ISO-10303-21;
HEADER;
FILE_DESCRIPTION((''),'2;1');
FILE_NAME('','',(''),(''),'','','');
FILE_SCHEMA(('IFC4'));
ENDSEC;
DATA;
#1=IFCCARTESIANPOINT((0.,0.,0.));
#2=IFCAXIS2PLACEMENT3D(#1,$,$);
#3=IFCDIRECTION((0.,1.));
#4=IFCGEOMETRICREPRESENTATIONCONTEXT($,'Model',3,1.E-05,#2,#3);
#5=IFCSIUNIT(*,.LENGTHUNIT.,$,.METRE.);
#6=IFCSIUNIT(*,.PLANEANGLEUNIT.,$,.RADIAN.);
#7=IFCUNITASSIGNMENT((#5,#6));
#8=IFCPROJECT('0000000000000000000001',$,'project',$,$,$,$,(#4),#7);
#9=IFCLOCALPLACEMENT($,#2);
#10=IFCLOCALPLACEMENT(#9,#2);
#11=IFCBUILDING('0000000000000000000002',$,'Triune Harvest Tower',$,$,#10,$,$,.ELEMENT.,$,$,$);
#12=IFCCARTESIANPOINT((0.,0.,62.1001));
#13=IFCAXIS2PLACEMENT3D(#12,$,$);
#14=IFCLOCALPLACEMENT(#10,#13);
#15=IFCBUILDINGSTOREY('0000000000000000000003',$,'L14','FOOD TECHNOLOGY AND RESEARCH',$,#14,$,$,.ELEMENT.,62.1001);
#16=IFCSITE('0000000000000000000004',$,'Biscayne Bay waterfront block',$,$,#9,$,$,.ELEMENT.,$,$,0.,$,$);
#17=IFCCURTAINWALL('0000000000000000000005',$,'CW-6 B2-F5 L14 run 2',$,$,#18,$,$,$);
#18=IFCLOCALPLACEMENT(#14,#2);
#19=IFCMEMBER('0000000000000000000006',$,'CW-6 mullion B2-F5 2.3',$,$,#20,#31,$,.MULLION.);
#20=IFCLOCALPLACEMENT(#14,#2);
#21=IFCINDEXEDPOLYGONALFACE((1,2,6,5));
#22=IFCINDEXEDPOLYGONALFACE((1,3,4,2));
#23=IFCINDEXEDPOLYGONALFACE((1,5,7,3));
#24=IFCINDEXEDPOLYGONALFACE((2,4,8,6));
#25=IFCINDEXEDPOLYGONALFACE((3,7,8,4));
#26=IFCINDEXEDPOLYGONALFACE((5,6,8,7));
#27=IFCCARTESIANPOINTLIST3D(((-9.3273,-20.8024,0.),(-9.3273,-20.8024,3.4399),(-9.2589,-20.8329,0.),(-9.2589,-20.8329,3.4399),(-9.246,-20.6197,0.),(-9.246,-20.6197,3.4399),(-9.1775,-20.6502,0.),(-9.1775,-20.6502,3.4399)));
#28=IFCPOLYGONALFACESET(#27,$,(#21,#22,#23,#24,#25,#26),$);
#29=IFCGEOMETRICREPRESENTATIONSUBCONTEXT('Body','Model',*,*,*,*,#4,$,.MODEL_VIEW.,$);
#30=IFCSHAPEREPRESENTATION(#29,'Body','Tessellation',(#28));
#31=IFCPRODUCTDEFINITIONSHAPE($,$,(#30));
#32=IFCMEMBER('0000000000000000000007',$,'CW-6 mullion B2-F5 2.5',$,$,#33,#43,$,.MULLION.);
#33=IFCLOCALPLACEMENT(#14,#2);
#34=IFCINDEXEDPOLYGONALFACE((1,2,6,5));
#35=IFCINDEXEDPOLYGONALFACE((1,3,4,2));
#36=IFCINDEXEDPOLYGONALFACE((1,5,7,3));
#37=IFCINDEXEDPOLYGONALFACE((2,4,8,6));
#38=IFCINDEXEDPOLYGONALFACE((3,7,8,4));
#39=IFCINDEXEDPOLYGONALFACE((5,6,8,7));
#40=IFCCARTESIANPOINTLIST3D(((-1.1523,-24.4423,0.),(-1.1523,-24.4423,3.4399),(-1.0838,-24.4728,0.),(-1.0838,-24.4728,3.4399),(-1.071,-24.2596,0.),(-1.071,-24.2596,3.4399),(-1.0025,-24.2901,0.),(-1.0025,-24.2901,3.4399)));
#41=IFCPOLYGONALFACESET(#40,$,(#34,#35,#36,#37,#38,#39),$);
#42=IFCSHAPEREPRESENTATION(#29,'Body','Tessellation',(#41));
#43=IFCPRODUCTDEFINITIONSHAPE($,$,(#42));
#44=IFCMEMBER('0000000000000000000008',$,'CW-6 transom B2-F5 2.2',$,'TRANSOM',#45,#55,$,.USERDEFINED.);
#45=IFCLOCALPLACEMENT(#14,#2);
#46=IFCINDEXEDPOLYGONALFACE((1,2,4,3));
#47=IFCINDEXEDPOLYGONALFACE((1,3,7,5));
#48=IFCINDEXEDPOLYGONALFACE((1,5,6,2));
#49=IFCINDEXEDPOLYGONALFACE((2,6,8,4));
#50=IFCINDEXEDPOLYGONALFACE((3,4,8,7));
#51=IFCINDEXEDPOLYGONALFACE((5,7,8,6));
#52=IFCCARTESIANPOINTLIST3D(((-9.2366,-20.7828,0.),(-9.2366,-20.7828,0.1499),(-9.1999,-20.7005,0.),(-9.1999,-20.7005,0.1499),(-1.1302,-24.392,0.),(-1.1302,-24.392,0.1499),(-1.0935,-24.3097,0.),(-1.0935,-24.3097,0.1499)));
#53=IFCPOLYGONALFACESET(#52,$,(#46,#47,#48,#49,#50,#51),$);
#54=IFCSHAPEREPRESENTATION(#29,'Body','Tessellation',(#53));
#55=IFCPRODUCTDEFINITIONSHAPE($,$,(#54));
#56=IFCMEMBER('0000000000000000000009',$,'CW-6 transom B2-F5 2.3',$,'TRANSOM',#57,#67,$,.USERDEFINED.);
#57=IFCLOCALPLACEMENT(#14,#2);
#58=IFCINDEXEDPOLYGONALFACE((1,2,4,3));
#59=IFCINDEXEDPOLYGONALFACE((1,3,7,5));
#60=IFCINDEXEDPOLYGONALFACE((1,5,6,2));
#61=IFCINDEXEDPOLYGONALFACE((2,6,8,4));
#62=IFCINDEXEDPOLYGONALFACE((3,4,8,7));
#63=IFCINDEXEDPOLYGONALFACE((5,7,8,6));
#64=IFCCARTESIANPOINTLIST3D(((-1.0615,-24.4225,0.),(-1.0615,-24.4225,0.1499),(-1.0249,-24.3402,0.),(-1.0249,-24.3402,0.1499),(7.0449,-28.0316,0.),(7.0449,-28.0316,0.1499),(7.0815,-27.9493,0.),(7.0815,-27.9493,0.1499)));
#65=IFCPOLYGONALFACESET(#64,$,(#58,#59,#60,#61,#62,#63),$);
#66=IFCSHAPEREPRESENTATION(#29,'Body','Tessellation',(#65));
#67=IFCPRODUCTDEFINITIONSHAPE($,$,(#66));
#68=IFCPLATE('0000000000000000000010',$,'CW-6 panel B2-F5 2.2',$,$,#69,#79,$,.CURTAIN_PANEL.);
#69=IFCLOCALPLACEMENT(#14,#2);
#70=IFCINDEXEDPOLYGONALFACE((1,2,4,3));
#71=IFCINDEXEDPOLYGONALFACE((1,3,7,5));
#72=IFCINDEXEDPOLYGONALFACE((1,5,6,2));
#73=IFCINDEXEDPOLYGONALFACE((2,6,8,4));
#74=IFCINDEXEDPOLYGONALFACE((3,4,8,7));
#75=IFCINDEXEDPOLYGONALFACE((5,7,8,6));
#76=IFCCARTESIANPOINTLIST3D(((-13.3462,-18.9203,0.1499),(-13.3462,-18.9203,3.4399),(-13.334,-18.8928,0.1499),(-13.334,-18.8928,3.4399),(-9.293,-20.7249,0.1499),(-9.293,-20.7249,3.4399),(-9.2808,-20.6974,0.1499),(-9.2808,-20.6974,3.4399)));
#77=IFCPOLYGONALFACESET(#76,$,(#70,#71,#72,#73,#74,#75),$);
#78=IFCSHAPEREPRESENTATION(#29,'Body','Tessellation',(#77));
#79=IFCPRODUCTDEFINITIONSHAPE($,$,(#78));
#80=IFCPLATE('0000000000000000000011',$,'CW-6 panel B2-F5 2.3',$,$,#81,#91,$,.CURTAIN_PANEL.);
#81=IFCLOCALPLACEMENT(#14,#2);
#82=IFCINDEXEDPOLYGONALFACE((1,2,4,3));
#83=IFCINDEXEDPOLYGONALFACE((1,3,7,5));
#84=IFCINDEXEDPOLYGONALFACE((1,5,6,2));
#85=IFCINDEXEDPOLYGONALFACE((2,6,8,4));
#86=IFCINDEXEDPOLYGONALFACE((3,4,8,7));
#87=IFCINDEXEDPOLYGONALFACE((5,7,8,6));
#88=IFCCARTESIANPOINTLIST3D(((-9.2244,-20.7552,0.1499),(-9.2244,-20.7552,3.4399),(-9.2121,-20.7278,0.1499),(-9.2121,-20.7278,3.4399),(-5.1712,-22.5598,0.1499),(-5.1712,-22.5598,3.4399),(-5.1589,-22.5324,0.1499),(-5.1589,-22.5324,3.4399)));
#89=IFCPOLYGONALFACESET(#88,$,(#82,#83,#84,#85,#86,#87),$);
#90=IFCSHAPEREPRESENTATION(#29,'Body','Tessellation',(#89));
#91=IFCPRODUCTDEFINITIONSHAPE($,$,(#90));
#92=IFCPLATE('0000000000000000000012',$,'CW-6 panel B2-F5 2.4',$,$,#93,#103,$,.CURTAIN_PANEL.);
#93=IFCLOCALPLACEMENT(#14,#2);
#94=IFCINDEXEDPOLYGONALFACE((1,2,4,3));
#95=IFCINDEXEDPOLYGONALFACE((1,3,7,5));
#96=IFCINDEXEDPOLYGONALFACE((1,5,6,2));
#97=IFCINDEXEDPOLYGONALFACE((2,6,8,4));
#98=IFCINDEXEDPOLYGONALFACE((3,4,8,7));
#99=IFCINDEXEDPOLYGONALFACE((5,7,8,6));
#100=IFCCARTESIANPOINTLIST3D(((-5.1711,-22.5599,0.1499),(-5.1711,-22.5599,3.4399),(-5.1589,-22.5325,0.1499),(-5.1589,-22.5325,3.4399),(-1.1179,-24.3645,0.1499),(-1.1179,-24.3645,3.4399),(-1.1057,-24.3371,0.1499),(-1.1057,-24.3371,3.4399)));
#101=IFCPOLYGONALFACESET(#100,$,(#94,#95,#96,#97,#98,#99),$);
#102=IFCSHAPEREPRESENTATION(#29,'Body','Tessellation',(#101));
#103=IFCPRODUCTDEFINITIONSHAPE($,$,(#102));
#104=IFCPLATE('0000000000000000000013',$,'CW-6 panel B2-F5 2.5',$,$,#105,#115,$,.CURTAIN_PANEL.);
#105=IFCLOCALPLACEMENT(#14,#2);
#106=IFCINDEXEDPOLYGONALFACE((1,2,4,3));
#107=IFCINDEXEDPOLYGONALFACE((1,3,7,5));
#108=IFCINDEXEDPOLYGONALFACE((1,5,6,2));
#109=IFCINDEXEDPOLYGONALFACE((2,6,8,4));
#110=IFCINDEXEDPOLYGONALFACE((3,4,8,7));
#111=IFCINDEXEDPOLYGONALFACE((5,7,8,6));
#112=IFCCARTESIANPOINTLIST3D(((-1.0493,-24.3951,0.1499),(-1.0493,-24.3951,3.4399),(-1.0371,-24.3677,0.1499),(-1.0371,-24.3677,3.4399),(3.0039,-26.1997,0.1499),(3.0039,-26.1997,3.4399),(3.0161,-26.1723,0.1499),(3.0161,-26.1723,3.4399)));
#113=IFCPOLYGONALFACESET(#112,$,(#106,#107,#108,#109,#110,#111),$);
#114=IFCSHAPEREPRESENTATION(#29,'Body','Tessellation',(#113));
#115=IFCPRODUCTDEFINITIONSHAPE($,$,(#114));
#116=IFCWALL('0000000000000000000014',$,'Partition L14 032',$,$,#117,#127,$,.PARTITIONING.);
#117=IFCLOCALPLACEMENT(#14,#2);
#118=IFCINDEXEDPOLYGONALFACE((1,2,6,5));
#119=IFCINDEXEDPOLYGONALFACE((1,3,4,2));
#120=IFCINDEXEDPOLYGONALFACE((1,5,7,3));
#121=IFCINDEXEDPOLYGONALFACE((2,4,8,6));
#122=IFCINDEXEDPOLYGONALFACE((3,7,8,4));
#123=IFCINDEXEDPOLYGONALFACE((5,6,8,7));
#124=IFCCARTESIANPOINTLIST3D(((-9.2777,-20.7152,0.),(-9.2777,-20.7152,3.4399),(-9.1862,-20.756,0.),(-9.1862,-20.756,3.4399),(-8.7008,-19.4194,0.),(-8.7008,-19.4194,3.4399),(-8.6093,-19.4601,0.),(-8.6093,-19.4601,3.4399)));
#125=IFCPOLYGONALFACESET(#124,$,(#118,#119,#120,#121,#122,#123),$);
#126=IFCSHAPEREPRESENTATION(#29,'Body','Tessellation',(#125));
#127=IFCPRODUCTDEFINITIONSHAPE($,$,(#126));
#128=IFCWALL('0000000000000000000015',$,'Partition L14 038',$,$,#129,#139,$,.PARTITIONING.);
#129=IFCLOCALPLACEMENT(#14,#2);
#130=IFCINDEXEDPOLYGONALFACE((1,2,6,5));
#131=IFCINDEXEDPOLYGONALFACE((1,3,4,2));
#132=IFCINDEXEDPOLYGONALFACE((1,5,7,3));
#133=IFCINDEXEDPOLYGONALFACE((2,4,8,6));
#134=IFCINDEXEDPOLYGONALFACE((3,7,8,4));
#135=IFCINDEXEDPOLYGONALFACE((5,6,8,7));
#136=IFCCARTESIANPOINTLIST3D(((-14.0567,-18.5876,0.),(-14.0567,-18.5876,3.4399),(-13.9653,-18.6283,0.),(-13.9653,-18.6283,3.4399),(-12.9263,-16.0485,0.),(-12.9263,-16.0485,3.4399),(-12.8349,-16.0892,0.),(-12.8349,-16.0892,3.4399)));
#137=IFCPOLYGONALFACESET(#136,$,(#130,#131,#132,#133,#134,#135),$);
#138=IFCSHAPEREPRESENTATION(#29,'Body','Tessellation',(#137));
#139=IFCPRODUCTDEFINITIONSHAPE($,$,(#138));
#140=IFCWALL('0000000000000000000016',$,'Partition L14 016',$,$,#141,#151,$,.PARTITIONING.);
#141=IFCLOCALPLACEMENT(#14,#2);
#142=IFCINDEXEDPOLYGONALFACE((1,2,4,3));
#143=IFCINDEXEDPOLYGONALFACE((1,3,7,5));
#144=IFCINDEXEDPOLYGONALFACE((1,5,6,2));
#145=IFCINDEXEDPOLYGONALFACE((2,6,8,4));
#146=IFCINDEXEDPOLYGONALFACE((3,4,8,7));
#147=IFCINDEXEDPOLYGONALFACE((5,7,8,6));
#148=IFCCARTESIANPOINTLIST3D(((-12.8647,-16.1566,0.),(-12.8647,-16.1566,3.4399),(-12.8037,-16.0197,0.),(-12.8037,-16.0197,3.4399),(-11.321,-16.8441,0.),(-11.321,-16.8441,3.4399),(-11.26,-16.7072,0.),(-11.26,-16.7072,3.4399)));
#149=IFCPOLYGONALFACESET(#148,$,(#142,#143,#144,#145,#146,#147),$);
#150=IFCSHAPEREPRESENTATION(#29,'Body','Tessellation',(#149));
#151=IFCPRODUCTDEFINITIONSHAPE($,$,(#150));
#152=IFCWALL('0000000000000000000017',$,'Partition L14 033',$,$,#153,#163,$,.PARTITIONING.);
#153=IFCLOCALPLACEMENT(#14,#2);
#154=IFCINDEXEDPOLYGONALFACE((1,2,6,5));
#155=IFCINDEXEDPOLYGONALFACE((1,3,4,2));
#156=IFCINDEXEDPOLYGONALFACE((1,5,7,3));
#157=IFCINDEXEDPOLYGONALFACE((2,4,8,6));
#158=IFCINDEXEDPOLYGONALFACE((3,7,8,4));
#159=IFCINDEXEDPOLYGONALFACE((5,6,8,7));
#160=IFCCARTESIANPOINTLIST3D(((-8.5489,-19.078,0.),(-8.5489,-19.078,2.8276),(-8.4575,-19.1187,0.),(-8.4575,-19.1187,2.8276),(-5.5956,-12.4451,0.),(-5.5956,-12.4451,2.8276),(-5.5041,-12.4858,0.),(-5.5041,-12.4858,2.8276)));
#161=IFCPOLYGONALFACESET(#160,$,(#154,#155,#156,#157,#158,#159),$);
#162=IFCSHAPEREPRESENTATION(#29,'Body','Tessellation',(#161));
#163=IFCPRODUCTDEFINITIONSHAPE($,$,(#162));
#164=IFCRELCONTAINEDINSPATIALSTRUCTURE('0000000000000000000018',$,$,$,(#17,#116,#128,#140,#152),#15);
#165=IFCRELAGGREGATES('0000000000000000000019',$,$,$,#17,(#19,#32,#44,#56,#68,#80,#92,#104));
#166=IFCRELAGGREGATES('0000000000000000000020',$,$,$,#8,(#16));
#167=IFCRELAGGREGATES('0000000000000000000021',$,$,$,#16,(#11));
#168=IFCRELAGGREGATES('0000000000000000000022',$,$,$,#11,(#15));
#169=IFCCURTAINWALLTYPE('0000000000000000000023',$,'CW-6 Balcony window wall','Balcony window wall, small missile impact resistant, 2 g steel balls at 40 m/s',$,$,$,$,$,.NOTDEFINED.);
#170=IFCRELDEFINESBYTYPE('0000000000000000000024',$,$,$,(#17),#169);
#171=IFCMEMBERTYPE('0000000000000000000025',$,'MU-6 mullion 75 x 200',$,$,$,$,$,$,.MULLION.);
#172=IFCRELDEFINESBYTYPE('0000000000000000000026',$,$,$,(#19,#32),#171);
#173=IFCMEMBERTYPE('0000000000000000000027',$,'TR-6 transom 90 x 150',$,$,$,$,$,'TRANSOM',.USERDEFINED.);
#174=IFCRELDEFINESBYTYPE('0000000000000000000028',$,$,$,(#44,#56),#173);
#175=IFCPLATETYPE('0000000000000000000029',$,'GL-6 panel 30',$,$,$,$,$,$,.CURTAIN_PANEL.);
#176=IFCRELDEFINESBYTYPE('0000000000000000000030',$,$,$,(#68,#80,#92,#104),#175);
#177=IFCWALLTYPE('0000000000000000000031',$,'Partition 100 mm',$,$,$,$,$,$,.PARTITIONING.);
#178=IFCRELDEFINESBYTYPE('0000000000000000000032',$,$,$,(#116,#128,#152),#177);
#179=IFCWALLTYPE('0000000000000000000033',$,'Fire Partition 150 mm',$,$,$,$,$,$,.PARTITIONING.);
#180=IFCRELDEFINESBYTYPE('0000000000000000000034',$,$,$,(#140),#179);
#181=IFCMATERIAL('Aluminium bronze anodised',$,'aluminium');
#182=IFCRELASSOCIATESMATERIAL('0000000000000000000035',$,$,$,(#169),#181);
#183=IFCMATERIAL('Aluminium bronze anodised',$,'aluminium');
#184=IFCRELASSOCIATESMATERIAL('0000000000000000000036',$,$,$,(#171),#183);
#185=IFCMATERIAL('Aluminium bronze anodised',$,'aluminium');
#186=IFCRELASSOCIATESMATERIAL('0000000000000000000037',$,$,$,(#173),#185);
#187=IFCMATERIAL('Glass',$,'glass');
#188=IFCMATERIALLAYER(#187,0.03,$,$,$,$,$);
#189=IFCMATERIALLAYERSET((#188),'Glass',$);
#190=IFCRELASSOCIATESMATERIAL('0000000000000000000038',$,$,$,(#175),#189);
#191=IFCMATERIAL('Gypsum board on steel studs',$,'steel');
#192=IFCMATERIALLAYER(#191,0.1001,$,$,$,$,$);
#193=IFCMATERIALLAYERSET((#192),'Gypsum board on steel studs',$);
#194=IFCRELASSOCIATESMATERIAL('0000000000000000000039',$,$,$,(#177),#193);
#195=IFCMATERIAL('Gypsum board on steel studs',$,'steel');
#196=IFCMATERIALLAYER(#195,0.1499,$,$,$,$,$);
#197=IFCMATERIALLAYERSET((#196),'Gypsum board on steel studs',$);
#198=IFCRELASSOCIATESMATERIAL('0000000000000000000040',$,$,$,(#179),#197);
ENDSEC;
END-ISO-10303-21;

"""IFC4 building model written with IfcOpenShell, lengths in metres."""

from ifc_helpers import new_model, si_unit, direction, frame, frame_2d, origin, origin_2d, place, context, subcontext, project, spatial, rectangle, extrude, source, transform, mapped, material, layer, layer_set, material_profile, profile_set, type_object, element, aggregate, save


model = new_model("IFC4")

# Units and contexts
model_context = context("Model", 3, precision=1e-05, world=origin(), true_north=direction((0.0, 1.0)))
body_context = subcontext(model_context, "Body", "Model", "MODEL_VIEW")
ifc_project = project(units=[si_unit("LENGTHUNIT", "METRE"), si_unit("PLANEANGLEUNIT", "RADIAN")], contexts=[model_context])

# Site, building, storey
site_placement = place(None, origin())
site = spatial("IfcSite", under=ifc_project, at=site_placement, Name="Biscayne Bay waterfront block", CompositionType="ELEMENT", RefElevation=0.0)
building_placement = place(site_placement, origin())
building = spatial("IfcBuilding", under=site, at=building_placement, Name="Triune Harvest Tower", CompositionType="ELEMENT")
storey_placement = place(building_placement, frame((0.0, 0.0, 62.1001)))
storey = spatial("IfcBuildingStorey", under=building, at=storey_placement, Name="L14", Description="FOOD TECHNOLOGY AND RESEARCH", CompositionType="ELEMENT", Elevation=62.1001)

# Curtain wall, members, plates
ifc_material_1 = material(Name="Aluminium bronze anodised", Category="aluminium")
curtain_wall_type = type_object("IfcCurtainWallType", Name="CW-6 Balcony window wall", Description="Balcony window wall, small missile impact resistant, 2 g steel balls at 40 m/s", PredefinedType="NOTDEFINED", material=ifc_material_1)
curtain_wall_placement = place(storey_placement, origin())
curtain_wall = element("IfcCurtainWall", 1, at=curtain_wall_placement, inside=storey, type_object=curtain_wall_type, Name="CW-6 B2-F5 L14 run 2")
ifc_material_2 = material(Name="Aluminium bronze anodised", Category="aluminium")
ifc_material_profile_1 = material_profile(ifc_material_2, rectangle(XDim=0.2, YDim=0.075, at=origin_2d()), Name="MU-6 mullion 75 x 200")
ifc_profile_set_1 = profile_set([ifc_material_profile_1], Name="Aluminium bronze anodised")
member_type_1 = type_object("IfcMemberType", Name="MU-6 mullion 75 x 200", PredefinedType="MULLION", material=ifc_profile_set_1)
shared_shape_1 = source(origin(), body_context, "Body", "SweptSolid", [
    extrude(rectangle(XDim=0.2, YDim=0.075, at=origin_2d()), origin(), (0.0, 0.0, 1.0), 3.4399),
])
member_1_placement = place(storey_placement, frame((-9.2524, -20.7263, 0.0), z_axis=(0.0, 0.0, 1.0), x_axis=(0.406737, 0.913545, 0.0)))
member_1 = element("IfcMember", 2, at=member_1_placement, type_object=member_type_1, Name="CW-6 mullion B2-F5 2.3", PredefinedType="MULLION", context=body_context, shape_type="MappedRepresentation", body=[
    mapped(shared_shape_1, transform((0.0, 0.0, 0.0), scale=1.0)),
])
member_2_placement = place(storey_placement, frame((-1.0774, -24.3662, 0.0), z_axis=(0.0, 0.0, 1.0), x_axis=(0.406737, 0.913545, 0.0)))
member_2 = element("IfcMember", 3, at=member_2_placement, type_object=member_type_1, Name="CW-6 mullion B2-F5 2.5", PredefinedType="MULLION", context=body_context, shape_type="MappedRepresentation", body=[
    mapped(shared_shape_1, transform((0.0, 0.0, 0.0), scale=1.0)),
])
ifc_material_3 = material(Name="Aluminium bronze anodised", Category="aluminium")
ifc_material_profile_2 = material_profile(ifc_material_3, rectangle(XDim=0.0901, YDim=0.1499, at=origin_2d()), Name="TR-6 transom 90 x 150")
ifc_profile_set_2 = profile_set([ifc_material_profile_2], Name="Aluminium bronze anodised")
member_type_2 = type_object("IfcMemberType", Name="TR-6 transom 90 x 150", ElementType="TRANSOM", PredefinedType="USERDEFINED", material=ifc_profile_set_2)
shared_shape_2 = source(origin(), body_context, "Body", "SweptSolid", [
    extrude(rectangle(XDim=0.0901, YDim=0.1499, at=origin_2d()), origin(), (0.0, 0.0, 1.0), 8.8735),
])
member_3_placement = place(storey_placement, frame((-9.2183, -20.7417, 0.075), z_axis=(0.913549, -0.406728, 0.0), x_axis=(0.406728, 0.913549, 0.0)))
member_3 = element("IfcMember", 4, at=member_3_placement, type_object=member_type_2, Name="CW-6 transom B2-F5 2.2", ObjectType="TRANSOM", PredefinedType="USERDEFINED", context=body_context, shape_type="MappedRepresentation", body=[
    mapped(shared_shape_2, transform((0.0, 0.0, 0.0), scale=1.0)),
])
member_4_placement = place(storey_placement, frame((-1.0432, -24.3813, 0.075), z_axis=(0.913549, -0.406728, 0.0), x_axis=(0.406728, 0.913549, 0.0)))
member_4 = element("IfcMember", 5, at=member_4_placement, type_object=member_type_2, Name="CW-6 transom B2-F5 2.3", ObjectType="TRANSOM", PredefinedType="USERDEFINED", context=body_context, shape_type="MappedRepresentation", body=[
    mapped(shared_shape_2, transform((0.0, 0.0, 0.0), scale=1.0)),
])
ifc_material_4 = material(Name="Glass", Category="glass")
ifc_layer_1 = layer(ifc_material_4, 0.03)
ifc_layer_set_1 = layer_set([ifc_layer_1], Name="Glass")
plate_type = type_object("IfcPlateType", Name="GL-6 panel 30", PredefinedType="CURTAIN_PANEL", material=ifc_layer_set_1)
shared_shape_3 = source(origin(), body_context, "Body", "SweptSolid", [
    extrude(rectangle(XDim=4.4368, YDim=0.03, at=origin_2d()), origin(), (0.0, 0.0, 1.0), 3.29),
])
plate_1_placement = place(storey_placement, frame((-11.3135, -19.8088, 0.1499), z_axis=(0.0, 0.0, 1.0), x_axis=(0.913545, -0.406737, 0.0)))
plate_1 = element("IfcPlate", 6, at=plate_1_placement, type_object=plate_type, Name="CW-6 panel B2-F5 2.2", PredefinedType="CURTAIN_PANEL", context=body_context, shape_type="MappedRepresentation", body=[
    mapped(shared_shape_3, transform((0.0, 0.0, 0.0), scale=1.0)),
])
plate_2_placement = place(storey_placement, frame((-7.1917, -21.6438, 0.1499), z_axis=(0.0, 0.0, 1.0), x_axis=(0.913545, -0.406737, 0.0)))
plate_2 = element("IfcPlate", 7, at=plate_2_placement, type_object=plate_type, Name="CW-6 panel B2-F5 2.3", PredefinedType="CURTAIN_PANEL", context=body_context, shape_type="MappedRepresentation", body=[
    mapped(shared_shape_3, transform((0.0, 0.0, 0.0), scale=1.0)),
])
plate_3_placement = place(storey_placement, frame((-3.1384, -23.4485, 0.1499), z_axis=(0.0, 0.0, 1.0), x_axis=(0.913545, -0.406737, 0.0)))
plate_3 = element("IfcPlate", 8, at=plate_3_placement, type_object=plate_type, Name="CW-6 panel B2-F5 2.4", PredefinedType="CURTAIN_PANEL", context=body_context, shape_type="MappedRepresentation", body=[
    mapped(shared_shape_3, transform((0.0, 0.0, 0.0), scale=1.0)),
])
plate_4_placement = place(storey_placement, frame((0.9834, -25.2837, 0.1499), z_axis=(0.0, 0.0, 1.0), x_axis=(0.913545, -0.406737, 0.0)))
plate_4 = element("IfcPlate", 9, at=plate_4_placement, type_object=plate_type, Name="CW-6 panel B2-F5 2.5", PredefinedType="CURTAIN_PANEL", context=body_context, shape_type="MappedRepresentation", body=[
    mapped(shared_shape_3, transform((0.0, 0.0, 0.0), scale=1.0)),
])
aggregate(curtain_wall, [member_1, member_2, member_3, member_4, plate_1, plate_2, plate_3, plate_4])

# Walls
ifc_material_5 = material(Name="Gypsum board on steel studs", Category="steel")
ifc_layer_2 = layer(ifc_material_5, 0.1001)
ifc_layer_set_2 = layer_set([ifc_layer_2], Name="Gypsum board on steel studs")
wall_type_1 = type_object("IfcWallType", Name="Partition 100 mm", PredefinedType="PARTITIONING", material=ifc_layer_set_2)
shared_shape_4 = source(origin(), body_context, "Body", "SweptSolid", [
    extrude(rectangle(XDim=1.4185, YDim=0.1001, at=frame_2d((0.7092, 0.0))), origin(), (0.0, 0.0, 1.0), 3.4399),
])
wall_1_placement = place(storey_placement, frame((-9.2319, -20.7356, 0.0), z_axis=(0.0, 0.0, 1.0), x_axis=(0.406697, 0.913563, 0.0)))
element("IfcWall", 10, at=wall_1_placement, inside=storey, type_object=wall_type_1, Name="Partition L14 032", PredefinedType="PARTITIONING", context=body_context, shape_type="MappedRepresentation", body=[
    mapped(shared_shape_4, transform((0.0, 0.0, 0.0), scale=1.0)),
])
shared_shape_5 = source(origin(), body_context, "Body", "SweptSolid", [
    extrude(rectangle(XDim=2.7793, YDim=0.1001, at=frame_2d((1.3896, 0.0))), origin(), (0.0, 0.0, 1.0), 3.4399),
])
wall_2_placement = place(storey_placement, frame((-14.011, -18.6079, 0.0), z_axis=(0.0, 0.0, 1.0), x_axis=(0.406709, 0.913558, 0.0)))
element("IfcWall", 11, at=wall_2_placement, inside=storey, type_object=wall_type_1, Name="Partition L14 038", PredefinedType="PARTITIONING", context=body_context, shape_type="MappedRepresentation", body=[
    mapped(shared_shape_5, transform((0.0, 0.0, 0.0), scale=1.0)),
])
ifc_material_6 = material(Name="Gypsum board on steel studs", Category="steel")
ifc_layer_3 = layer(ifc_material_6, 0.1499)
ifc_layer_set_3 = layer_set([ifc_layer_3], Name="Gypsum board on steel studs")
wall_type_2 = type_object("IfcWallType", Name="Fire Partition 150 mm", PredefinedType="PARTITIONING", material=ifc_layer_set_3)
shared_shape_6 = source(origin(), body_context, "Body", "SweptSolid", [
    extrude(rectangle(XDim=1.6899, YDim=0.1499, at=frame_2d((0.845, 0.0))), origin(), (0.0, 0.0, 1.0), 3.4399),
])
wall_3_placement = place(storey_placement, frame((-12.8342, -16.0881, 0.0), z_axis=(0.0, 0.0, 1.0), x_axis=(0.913501, -0.406835, 0.0)))
element("IfcWall", 12, at=wall_3_placement, inside=storey, type_object=wall_type_2, Name="Partition L14 016", PredefinedType="PARTITIONING", context=body_context, shape_type="MappedRepresentation", body=[
    mapped(shared_shape_6, transform((0.0, 0.0, 0.0), scale=1.0)),
])
shared_shape_7 = source(origin(), body_context, "Body", "SweptSolid", [
    extrude(rectangle(XDim=7.2607, YDim=0.1001, at=frame_2d((3.6304, 0.0))), origin(), (0.0, 0.0, 1.0), 2.8276),
])
wall_4_placement = place(storey_placement, frame((-8.5032, -19.0984, 0.0), z_axis=(0.0, 0.0, 1.0), x_axis=(0.406753, 0.913538, 0.0)))
element("IfcWall", 13, at=wall_4_placement, inside=storey, type_object=wall_type_1, Name="Partition L14 033", PredefinedType="PARTITIONING", context=body_context, shape_type="MappedRepresentation", body=[
    mapped(shared_shape_7, transform((0.0, 0.0, 0.0), scale=1.0)),
])

save(model, "model.ifc")
